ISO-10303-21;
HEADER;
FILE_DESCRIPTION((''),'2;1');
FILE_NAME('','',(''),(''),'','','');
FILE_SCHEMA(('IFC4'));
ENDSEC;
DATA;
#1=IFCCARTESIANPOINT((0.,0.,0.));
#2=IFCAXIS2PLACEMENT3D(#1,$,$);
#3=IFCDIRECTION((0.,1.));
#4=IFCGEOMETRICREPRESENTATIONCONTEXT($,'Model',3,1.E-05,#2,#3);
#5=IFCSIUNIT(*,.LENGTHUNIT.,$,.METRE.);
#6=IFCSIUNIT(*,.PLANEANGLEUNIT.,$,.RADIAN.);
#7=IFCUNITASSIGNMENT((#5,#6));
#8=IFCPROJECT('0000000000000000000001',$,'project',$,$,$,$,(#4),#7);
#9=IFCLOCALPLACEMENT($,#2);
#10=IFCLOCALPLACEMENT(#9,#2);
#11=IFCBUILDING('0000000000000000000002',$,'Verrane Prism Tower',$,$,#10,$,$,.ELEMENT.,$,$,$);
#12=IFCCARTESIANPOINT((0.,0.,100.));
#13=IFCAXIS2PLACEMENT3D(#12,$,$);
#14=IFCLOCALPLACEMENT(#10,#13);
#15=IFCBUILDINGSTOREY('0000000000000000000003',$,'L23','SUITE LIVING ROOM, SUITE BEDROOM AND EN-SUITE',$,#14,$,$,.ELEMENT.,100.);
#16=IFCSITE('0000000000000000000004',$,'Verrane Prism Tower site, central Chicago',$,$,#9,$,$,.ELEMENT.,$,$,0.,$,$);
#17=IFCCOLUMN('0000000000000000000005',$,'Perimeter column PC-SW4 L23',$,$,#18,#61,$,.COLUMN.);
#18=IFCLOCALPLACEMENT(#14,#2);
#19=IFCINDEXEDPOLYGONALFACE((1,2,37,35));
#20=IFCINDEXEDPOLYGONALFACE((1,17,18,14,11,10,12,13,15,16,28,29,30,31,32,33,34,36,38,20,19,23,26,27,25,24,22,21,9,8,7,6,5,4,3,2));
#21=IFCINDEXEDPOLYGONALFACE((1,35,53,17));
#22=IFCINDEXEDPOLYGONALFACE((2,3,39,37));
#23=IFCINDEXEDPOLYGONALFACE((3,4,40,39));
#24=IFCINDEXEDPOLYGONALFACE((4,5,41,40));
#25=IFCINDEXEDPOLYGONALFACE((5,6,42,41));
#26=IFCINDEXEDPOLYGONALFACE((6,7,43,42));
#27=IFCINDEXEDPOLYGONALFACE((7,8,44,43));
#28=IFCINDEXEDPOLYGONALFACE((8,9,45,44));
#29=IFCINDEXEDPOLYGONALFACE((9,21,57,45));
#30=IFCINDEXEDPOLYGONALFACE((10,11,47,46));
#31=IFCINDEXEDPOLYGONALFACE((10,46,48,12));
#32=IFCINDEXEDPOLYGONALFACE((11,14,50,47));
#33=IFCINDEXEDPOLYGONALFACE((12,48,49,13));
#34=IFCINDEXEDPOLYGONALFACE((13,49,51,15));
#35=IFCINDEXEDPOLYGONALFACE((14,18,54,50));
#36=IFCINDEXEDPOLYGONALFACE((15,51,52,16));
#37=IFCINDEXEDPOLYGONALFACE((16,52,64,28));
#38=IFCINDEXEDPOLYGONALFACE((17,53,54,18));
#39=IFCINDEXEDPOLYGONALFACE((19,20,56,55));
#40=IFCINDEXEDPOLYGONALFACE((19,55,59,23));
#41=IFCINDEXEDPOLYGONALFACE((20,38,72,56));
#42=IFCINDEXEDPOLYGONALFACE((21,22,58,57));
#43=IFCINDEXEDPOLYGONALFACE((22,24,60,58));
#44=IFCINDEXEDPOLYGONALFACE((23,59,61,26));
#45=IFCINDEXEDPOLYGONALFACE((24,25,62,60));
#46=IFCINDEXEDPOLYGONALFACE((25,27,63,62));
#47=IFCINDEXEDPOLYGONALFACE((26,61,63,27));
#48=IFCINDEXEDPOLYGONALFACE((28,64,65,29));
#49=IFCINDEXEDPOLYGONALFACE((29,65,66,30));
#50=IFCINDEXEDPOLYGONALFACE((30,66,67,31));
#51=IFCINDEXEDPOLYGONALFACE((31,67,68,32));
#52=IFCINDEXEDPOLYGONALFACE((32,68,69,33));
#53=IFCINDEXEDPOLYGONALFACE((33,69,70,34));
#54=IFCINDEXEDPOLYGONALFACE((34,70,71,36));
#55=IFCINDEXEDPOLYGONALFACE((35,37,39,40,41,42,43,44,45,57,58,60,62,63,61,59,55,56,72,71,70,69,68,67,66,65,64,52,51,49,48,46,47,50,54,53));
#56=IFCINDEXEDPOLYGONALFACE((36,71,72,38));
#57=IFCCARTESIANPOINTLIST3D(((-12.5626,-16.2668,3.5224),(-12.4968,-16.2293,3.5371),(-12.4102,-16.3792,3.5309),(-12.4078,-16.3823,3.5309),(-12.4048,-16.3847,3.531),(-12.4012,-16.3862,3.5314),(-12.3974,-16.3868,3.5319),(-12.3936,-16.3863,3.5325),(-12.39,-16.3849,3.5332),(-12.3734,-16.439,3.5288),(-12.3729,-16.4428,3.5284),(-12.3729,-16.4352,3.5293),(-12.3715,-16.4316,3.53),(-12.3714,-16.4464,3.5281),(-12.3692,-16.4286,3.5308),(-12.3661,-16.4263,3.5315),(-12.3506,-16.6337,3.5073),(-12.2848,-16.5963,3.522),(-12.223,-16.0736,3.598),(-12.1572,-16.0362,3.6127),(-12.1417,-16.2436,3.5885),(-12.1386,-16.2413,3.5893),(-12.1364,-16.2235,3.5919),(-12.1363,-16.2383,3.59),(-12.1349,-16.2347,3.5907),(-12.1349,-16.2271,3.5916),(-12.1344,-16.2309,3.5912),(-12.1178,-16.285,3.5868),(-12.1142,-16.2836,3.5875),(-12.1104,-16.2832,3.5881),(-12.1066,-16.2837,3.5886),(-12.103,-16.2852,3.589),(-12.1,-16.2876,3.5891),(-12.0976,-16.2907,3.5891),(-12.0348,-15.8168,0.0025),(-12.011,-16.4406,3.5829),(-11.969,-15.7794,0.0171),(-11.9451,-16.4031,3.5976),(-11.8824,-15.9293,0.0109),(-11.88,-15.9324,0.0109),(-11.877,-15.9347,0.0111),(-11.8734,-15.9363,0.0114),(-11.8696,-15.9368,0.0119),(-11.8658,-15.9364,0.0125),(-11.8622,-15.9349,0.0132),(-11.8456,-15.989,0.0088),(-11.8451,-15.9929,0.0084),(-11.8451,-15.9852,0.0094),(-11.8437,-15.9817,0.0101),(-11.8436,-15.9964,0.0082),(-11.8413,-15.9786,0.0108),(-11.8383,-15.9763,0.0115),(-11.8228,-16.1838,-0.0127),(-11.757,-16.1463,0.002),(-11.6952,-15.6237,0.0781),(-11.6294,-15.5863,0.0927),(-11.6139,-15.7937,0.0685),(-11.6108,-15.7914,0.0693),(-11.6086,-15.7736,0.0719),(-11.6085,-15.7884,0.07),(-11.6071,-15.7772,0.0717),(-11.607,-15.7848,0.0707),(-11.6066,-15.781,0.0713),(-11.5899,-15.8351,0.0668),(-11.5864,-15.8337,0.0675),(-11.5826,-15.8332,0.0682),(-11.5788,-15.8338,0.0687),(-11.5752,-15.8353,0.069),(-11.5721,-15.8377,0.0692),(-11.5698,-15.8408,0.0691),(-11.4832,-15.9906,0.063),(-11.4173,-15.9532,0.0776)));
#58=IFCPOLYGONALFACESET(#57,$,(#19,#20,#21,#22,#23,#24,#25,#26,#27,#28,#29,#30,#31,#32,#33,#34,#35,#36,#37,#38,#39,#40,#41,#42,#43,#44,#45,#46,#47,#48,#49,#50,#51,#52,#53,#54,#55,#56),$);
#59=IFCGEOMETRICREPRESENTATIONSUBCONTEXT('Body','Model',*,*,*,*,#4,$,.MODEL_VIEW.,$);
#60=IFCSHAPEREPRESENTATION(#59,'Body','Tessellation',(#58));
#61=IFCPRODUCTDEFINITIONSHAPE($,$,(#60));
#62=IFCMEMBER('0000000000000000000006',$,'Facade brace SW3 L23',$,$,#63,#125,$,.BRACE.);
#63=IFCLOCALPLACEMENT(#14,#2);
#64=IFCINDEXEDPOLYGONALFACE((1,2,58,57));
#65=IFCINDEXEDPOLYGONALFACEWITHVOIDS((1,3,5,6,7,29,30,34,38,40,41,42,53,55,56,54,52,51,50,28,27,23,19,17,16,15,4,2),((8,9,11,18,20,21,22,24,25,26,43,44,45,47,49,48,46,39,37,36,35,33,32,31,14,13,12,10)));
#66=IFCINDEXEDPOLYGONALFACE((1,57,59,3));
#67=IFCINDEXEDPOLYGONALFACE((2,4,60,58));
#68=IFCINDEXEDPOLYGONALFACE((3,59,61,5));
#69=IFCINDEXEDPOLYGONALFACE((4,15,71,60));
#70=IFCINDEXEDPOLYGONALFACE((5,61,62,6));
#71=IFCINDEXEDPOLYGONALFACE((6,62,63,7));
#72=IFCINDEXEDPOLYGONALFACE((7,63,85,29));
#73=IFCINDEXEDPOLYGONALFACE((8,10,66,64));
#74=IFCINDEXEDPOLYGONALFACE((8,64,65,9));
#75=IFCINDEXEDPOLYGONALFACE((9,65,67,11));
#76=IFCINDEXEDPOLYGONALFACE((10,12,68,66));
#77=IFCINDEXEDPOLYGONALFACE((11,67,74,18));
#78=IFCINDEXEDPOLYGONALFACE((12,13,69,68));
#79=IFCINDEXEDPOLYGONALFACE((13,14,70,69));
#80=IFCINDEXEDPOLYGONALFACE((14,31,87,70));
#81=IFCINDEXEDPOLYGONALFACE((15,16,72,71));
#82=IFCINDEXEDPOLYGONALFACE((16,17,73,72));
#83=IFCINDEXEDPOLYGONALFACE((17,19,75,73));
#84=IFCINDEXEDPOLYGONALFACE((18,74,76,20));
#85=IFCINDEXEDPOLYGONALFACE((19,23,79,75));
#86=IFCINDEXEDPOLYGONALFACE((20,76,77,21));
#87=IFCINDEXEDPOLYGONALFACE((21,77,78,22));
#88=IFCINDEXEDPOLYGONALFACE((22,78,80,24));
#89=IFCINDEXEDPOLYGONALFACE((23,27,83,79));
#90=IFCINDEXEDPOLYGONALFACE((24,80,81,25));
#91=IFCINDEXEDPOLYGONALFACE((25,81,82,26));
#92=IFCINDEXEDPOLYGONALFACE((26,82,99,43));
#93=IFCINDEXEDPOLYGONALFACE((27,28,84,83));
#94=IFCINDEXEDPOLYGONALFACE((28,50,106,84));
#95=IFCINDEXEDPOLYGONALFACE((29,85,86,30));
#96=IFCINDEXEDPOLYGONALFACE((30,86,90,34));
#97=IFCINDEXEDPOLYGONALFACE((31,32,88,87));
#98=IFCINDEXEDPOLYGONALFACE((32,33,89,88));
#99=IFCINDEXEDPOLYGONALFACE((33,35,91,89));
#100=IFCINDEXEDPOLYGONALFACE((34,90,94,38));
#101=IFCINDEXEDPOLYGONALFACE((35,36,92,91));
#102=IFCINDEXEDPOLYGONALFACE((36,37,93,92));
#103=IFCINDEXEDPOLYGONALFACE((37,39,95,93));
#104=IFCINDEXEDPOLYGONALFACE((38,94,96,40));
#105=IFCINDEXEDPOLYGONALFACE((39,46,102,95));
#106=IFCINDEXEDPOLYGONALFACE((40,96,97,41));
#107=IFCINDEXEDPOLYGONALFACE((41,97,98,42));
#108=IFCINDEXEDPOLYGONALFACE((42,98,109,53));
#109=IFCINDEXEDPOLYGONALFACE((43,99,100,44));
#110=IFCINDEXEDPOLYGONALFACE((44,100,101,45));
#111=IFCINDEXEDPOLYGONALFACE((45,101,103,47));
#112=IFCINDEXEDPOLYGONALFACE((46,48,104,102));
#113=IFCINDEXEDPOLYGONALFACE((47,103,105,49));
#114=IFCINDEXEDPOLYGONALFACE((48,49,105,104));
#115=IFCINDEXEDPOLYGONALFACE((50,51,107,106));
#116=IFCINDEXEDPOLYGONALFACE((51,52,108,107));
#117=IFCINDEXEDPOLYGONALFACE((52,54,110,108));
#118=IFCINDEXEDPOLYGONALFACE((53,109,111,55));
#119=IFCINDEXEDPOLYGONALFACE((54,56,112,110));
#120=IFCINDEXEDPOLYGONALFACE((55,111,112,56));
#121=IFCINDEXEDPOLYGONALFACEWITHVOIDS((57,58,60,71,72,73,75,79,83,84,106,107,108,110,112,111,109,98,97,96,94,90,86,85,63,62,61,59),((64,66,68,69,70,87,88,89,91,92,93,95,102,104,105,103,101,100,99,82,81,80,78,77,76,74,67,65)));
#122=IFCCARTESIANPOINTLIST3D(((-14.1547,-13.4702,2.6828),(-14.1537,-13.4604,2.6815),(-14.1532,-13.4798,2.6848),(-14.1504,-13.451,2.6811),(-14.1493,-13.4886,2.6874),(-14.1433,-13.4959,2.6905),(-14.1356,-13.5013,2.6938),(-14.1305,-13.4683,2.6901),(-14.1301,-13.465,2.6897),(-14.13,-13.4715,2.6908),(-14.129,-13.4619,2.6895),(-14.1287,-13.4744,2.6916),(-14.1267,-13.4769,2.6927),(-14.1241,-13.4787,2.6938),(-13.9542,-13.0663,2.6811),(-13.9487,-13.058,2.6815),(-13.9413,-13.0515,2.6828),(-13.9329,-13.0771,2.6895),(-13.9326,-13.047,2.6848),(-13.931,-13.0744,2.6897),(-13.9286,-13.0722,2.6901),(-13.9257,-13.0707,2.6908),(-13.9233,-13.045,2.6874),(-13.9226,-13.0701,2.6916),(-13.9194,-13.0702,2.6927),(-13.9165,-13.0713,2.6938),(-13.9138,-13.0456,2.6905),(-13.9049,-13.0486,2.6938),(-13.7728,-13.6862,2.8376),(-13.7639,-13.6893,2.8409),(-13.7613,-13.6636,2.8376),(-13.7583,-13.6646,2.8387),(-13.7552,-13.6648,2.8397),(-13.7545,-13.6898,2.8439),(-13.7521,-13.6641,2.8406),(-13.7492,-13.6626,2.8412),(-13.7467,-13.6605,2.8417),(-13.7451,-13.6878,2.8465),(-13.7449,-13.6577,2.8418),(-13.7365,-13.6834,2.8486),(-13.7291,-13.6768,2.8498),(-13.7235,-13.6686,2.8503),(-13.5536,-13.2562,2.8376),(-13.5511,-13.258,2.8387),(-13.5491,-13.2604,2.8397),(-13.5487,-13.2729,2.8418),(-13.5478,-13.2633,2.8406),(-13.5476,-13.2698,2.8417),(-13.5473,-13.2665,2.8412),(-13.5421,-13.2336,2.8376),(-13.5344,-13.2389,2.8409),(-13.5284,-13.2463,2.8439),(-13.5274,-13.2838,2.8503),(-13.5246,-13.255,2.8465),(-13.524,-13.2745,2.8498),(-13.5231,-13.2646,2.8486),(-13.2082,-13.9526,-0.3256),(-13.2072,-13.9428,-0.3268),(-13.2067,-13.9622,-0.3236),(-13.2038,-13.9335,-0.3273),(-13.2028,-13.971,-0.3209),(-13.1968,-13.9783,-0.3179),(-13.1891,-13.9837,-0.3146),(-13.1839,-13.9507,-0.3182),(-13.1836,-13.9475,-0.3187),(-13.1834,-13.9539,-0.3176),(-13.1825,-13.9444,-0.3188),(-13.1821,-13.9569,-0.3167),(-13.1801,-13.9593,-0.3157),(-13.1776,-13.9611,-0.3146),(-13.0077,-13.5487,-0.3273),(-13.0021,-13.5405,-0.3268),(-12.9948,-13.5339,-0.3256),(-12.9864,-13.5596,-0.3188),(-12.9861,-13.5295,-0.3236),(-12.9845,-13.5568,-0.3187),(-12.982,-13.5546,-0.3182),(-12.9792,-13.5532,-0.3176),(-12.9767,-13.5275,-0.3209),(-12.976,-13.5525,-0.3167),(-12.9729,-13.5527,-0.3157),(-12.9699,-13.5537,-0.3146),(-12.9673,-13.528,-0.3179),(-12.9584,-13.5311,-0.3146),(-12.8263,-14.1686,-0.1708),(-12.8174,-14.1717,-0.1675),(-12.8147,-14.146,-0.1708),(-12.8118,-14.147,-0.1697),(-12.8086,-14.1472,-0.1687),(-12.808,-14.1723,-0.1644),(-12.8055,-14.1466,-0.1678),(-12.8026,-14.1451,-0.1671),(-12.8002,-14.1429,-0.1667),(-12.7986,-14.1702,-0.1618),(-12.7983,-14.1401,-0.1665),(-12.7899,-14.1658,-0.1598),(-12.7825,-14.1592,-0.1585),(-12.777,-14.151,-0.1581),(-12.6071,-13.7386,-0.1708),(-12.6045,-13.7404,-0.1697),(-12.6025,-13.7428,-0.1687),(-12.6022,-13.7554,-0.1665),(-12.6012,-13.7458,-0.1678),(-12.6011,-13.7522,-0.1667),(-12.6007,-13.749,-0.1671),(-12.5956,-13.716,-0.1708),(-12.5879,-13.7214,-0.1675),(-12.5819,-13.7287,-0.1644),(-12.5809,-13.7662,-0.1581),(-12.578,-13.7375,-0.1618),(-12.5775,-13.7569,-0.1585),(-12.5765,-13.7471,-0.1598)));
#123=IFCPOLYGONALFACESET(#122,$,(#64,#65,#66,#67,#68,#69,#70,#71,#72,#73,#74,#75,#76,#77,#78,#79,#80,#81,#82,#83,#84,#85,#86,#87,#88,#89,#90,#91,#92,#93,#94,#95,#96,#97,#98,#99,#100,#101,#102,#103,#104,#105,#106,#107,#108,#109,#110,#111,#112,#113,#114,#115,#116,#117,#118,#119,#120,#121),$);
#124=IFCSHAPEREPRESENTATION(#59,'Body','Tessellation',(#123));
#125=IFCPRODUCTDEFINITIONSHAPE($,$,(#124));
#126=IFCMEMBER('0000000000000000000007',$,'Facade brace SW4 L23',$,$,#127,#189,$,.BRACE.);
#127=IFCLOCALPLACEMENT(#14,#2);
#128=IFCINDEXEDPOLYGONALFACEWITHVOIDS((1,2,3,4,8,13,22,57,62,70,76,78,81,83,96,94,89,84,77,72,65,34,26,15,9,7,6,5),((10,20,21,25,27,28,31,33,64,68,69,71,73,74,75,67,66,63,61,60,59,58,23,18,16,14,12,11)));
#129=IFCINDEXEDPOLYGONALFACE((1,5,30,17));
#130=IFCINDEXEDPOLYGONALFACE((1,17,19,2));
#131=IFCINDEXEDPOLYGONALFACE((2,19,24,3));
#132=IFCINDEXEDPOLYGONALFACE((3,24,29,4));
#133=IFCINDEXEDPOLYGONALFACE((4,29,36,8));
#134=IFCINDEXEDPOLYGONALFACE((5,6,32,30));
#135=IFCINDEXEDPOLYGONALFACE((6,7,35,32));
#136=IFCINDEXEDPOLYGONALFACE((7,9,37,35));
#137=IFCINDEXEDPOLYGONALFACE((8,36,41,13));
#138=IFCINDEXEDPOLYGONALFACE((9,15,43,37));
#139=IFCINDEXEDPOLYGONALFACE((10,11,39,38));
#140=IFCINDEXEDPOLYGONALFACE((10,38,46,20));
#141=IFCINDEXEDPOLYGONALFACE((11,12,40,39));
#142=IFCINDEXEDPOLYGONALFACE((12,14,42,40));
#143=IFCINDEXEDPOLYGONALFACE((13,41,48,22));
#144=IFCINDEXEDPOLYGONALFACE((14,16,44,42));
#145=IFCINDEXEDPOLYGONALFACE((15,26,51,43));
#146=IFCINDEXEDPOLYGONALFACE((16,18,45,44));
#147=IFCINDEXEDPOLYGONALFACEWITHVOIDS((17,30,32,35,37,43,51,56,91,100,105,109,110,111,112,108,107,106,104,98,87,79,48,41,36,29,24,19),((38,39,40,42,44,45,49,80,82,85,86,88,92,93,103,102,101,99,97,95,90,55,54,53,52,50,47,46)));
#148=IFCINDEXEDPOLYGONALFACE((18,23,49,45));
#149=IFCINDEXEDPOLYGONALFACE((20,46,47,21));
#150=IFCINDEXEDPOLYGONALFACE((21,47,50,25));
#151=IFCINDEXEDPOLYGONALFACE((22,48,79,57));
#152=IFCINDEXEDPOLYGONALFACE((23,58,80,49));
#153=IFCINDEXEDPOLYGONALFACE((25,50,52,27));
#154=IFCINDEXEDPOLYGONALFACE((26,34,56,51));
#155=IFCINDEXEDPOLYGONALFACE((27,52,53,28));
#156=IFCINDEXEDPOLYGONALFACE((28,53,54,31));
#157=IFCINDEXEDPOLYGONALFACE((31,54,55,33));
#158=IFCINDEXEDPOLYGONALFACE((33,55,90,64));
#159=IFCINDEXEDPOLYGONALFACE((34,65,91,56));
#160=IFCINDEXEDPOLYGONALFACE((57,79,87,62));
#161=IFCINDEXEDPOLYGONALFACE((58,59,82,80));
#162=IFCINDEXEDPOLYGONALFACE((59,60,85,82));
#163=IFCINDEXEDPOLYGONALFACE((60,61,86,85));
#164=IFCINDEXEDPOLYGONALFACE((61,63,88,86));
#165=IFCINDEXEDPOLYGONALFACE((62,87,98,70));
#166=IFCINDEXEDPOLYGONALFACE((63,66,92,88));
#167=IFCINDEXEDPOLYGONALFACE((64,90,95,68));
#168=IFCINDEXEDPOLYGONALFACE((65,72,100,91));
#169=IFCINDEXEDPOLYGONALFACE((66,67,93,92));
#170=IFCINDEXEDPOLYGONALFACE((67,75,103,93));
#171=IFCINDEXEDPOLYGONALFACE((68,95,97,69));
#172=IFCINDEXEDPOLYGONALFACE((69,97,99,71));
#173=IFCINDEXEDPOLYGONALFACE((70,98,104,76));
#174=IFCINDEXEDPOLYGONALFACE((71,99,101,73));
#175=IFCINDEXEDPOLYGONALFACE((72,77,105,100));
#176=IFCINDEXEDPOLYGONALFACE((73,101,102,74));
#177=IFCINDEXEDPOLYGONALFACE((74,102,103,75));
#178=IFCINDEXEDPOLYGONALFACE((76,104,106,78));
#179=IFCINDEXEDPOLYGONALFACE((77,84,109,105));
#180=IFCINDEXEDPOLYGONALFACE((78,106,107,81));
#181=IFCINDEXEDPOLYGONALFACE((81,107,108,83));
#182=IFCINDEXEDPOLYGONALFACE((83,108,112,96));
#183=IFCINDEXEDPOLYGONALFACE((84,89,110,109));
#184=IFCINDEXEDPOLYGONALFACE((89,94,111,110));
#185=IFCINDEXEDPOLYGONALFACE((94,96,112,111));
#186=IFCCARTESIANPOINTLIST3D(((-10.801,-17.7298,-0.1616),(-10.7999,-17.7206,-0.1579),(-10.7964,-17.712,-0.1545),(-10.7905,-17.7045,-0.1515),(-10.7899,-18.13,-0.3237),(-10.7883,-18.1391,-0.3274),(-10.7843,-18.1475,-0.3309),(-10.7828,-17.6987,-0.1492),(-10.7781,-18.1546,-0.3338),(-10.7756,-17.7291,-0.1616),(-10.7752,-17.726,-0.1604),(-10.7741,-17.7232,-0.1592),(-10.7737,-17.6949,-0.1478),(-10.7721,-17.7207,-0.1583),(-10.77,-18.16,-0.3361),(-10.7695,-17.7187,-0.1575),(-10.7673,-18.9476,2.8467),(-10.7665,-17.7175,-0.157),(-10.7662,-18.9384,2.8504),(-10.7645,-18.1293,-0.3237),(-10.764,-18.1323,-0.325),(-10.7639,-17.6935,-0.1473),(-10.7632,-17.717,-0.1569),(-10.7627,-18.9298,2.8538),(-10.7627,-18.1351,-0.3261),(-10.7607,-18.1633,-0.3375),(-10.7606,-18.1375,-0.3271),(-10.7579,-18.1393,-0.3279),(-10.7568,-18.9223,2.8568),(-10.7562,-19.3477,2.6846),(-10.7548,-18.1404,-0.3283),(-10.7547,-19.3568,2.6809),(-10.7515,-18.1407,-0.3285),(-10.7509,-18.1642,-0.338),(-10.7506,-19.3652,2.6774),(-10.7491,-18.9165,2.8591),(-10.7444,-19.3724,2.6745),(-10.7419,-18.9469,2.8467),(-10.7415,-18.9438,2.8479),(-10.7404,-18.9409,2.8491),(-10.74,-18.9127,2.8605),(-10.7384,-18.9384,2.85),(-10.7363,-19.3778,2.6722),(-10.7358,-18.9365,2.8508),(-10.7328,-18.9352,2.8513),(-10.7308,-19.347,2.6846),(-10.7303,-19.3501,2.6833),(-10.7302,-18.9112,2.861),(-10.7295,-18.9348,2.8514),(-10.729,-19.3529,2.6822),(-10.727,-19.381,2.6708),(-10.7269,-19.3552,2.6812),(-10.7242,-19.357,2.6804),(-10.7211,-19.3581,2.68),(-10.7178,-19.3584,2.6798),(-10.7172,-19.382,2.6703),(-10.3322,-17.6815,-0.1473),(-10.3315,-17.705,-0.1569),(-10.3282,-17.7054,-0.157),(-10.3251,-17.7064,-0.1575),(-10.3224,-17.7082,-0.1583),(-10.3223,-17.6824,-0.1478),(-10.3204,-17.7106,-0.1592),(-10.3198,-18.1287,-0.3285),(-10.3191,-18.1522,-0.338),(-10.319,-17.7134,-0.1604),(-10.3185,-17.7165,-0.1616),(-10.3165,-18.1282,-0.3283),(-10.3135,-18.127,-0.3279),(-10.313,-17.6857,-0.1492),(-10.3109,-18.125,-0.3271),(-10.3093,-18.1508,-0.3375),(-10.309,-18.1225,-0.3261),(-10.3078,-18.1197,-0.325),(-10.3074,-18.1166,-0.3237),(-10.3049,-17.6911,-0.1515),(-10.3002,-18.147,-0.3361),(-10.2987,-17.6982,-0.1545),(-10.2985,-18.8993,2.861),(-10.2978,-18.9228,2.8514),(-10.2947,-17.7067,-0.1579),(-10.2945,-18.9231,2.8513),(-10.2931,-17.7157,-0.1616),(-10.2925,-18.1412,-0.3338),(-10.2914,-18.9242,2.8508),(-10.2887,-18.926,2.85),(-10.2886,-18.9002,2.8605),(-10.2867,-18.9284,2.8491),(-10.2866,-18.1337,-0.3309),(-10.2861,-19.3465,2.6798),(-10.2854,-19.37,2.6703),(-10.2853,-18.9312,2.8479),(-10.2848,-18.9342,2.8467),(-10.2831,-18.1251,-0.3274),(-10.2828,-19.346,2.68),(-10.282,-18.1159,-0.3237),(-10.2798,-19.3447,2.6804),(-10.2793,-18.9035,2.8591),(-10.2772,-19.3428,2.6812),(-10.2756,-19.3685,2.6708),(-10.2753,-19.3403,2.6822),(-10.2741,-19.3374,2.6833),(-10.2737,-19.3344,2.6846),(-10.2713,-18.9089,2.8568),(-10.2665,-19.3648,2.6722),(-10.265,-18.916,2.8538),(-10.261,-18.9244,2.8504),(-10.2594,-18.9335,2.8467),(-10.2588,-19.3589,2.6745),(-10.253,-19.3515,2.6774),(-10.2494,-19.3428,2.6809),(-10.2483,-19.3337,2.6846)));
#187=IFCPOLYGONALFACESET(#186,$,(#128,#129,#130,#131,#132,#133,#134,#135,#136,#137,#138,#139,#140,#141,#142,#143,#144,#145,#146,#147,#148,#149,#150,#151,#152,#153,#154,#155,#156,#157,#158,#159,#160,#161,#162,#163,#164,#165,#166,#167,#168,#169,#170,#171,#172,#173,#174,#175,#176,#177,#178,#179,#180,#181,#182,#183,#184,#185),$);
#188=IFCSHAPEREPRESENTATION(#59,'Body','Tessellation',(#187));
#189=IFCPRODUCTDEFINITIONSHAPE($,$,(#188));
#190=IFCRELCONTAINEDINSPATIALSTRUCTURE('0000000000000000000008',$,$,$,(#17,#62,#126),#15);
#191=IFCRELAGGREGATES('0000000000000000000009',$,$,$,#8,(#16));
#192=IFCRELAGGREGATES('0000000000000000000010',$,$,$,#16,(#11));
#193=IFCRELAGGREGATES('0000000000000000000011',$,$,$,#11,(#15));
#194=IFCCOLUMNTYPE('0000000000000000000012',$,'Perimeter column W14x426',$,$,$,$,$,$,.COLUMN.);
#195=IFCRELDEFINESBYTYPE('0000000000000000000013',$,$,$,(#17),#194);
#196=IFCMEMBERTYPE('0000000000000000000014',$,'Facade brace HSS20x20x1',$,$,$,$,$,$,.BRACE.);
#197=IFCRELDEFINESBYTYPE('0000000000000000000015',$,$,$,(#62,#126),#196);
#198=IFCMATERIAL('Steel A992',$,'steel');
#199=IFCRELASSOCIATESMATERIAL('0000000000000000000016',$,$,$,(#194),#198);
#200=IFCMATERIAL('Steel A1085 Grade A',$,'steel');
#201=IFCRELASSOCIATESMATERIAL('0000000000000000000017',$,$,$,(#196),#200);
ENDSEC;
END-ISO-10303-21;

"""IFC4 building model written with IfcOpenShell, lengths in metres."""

from ifc_helpers import new_model, si_unit, direction, frame, origin, origin_2d, place, context, subcontext, project, spatial, hollow_rectangle, i_section, extrude, material, material_profile, profile_set, type_object, element, save


model = new_model("IFC4")

# Units and contexts
model_context = context("Model", 3, precision=1e-05, world=origin(), true_north=direction((0.0, 1.0)))
body_context = subcontext(model_context, "Body", "Model", "MODEL_VIEW")
ifc_project = project(units=[si_unit("LENGTHUNIT", "METRE"), si_unit("PLANEANGLEUNIT", "RADIAN")], contexts=[model_context])

# Site, building, storey
site_placement = place(None, origin())
site = spatial("IfcSite", under=ifc_project, at=site_placement, Name="Verrane Prism Tower site, central Chicago", CompositionType="ELEMENT", RefElevation=0.0)
building_placement = place(site_placement, origin())
building = spatial("IfcBuilding", under=site, at=building_placement, Name="Verrane Prism Tower", CompositionType="ELEMENT")
storey_placement = place(building_placement, frame((0.0, 0.0, 100.0)))
storey = spatial("IfcBuildingStorey", under=building, at=storey_placement, Name="L23", Description="SUITE LIVING ROOM, SUITE BEDROOM AND EN-SUITE", CompositionType="ELEMENT", Elevation=100.0)

# Column
ifc_material_1 = material(Name="Steel A992", Category="steel")
ifc_material_profile_1 = material_profile(ifc_material_1, i_section(OverallWidth=0.4241, OverallDepth=0.4751, WebThickness=0.0479, FlangeThickness=0.0771, FilletRadius=0.0149, at=origin_2d()), Name="W14x426")
ifc_profile_set_1 = profile_set([ifc_material_profile_1], Name="Steel A992")
column_type = type_object("IfcColumnType", Name="Perimeter column W14x426", PredefinedType="COLUMN", material=ifc_profile_set_1)
column_placement = place(storey_placement, frame((-11.7261, -15.885, 0.04), z_axis=(-0.147123, -0.125415, 0.981135), x_axis=(-0.499983, 0.865302, 0.035635)))
element("IfcColumn", 1, at=column_placement, inside=storey, type_object=column_type, Name="Perimeter column PC-SW4 L23", PredefinedType="COLUMN", context=body_context, shape_type="SweptSolid", body=[
    extrude(i_section(OverallWidth=0.4241, OverallDepth=0.4751, WebThickness=0.0479, FlangeThickness=0.0771, FilletRadius=0.0149, at=origin_2d()), origin(), (0.0, 0.0, 1.0), 3.5876),
])

# Members
ifc_material_2 = material(Name="Steel A1085 Grade A", Category="steel")
ifc_material_profile_2 = material_profile(ifc_material_2, hollow_rectangle(XDim=0.5081, YDim=0.5081, WallThickness=0.0254, InnerFilletRadius=0.0127, OuterFilletRadius=0.0381, at=origin_2d()), Name="HSS20x20x1")
ifc_profile_set_2 = profile_set([ifc_material_profile_2], Name="Steel A1085 Grade A")
member_type_1 = type_object("IfcMemberType", Name="Facade brace HSS20x20x1", PredefinedType="BRACE", material=ifc_profile_set_2)
member_1_placement = place(storey_placement, frame((-12.8923, -13.8499, -0.2427), z_axis=(-0.296683, 0.151211, 0.942928), x_axis=(-0.454094, -0.890954, 0.0)))
element("IfcMember", 2, at=member_1_placement, inside=storey, type_object=member_type_1, Name="Facade brace SW3 L23", PredefinedType="BRACE", context=body_context, shape_type="SweptSolid", body=[
    extrude(hollow_rectangle(XDim=0.5081, YDim=0.5081, WallThickness=0.0254, InnerFilletRadius=0.0127, OuterFilletRadius=0.0381, at=origin_2d()), origin(), (0.0, 0.0, 1.0), 3.1904),
])
member_2_placement = place(storey_placement, frame((-10.5415, -17.9229, -0.2427), z_axis=(0.010381, -0.375206, 0.926883), x_axis=(0.999618, 0.027656, 0.0)))
element("IfcMember", 3, at=member_2_placement, inside=storey, type_object=member_type_1, Name="Facade brace SW4 L23", PredefinedType="BRACE", context=body_context, shape_type="SweptSolid", body=[
    extrude(hollow_rectangle(XDim=0.5081, YDim=0.5081, WallThickness=0.0254, InnerFilletRadius=0.0127, OuterFilletRadius=0.0381, at=origin_2d()), origin(), (0.0, 0.0, 1.0), 3.2456),
])

save(model, "model.ifc")
